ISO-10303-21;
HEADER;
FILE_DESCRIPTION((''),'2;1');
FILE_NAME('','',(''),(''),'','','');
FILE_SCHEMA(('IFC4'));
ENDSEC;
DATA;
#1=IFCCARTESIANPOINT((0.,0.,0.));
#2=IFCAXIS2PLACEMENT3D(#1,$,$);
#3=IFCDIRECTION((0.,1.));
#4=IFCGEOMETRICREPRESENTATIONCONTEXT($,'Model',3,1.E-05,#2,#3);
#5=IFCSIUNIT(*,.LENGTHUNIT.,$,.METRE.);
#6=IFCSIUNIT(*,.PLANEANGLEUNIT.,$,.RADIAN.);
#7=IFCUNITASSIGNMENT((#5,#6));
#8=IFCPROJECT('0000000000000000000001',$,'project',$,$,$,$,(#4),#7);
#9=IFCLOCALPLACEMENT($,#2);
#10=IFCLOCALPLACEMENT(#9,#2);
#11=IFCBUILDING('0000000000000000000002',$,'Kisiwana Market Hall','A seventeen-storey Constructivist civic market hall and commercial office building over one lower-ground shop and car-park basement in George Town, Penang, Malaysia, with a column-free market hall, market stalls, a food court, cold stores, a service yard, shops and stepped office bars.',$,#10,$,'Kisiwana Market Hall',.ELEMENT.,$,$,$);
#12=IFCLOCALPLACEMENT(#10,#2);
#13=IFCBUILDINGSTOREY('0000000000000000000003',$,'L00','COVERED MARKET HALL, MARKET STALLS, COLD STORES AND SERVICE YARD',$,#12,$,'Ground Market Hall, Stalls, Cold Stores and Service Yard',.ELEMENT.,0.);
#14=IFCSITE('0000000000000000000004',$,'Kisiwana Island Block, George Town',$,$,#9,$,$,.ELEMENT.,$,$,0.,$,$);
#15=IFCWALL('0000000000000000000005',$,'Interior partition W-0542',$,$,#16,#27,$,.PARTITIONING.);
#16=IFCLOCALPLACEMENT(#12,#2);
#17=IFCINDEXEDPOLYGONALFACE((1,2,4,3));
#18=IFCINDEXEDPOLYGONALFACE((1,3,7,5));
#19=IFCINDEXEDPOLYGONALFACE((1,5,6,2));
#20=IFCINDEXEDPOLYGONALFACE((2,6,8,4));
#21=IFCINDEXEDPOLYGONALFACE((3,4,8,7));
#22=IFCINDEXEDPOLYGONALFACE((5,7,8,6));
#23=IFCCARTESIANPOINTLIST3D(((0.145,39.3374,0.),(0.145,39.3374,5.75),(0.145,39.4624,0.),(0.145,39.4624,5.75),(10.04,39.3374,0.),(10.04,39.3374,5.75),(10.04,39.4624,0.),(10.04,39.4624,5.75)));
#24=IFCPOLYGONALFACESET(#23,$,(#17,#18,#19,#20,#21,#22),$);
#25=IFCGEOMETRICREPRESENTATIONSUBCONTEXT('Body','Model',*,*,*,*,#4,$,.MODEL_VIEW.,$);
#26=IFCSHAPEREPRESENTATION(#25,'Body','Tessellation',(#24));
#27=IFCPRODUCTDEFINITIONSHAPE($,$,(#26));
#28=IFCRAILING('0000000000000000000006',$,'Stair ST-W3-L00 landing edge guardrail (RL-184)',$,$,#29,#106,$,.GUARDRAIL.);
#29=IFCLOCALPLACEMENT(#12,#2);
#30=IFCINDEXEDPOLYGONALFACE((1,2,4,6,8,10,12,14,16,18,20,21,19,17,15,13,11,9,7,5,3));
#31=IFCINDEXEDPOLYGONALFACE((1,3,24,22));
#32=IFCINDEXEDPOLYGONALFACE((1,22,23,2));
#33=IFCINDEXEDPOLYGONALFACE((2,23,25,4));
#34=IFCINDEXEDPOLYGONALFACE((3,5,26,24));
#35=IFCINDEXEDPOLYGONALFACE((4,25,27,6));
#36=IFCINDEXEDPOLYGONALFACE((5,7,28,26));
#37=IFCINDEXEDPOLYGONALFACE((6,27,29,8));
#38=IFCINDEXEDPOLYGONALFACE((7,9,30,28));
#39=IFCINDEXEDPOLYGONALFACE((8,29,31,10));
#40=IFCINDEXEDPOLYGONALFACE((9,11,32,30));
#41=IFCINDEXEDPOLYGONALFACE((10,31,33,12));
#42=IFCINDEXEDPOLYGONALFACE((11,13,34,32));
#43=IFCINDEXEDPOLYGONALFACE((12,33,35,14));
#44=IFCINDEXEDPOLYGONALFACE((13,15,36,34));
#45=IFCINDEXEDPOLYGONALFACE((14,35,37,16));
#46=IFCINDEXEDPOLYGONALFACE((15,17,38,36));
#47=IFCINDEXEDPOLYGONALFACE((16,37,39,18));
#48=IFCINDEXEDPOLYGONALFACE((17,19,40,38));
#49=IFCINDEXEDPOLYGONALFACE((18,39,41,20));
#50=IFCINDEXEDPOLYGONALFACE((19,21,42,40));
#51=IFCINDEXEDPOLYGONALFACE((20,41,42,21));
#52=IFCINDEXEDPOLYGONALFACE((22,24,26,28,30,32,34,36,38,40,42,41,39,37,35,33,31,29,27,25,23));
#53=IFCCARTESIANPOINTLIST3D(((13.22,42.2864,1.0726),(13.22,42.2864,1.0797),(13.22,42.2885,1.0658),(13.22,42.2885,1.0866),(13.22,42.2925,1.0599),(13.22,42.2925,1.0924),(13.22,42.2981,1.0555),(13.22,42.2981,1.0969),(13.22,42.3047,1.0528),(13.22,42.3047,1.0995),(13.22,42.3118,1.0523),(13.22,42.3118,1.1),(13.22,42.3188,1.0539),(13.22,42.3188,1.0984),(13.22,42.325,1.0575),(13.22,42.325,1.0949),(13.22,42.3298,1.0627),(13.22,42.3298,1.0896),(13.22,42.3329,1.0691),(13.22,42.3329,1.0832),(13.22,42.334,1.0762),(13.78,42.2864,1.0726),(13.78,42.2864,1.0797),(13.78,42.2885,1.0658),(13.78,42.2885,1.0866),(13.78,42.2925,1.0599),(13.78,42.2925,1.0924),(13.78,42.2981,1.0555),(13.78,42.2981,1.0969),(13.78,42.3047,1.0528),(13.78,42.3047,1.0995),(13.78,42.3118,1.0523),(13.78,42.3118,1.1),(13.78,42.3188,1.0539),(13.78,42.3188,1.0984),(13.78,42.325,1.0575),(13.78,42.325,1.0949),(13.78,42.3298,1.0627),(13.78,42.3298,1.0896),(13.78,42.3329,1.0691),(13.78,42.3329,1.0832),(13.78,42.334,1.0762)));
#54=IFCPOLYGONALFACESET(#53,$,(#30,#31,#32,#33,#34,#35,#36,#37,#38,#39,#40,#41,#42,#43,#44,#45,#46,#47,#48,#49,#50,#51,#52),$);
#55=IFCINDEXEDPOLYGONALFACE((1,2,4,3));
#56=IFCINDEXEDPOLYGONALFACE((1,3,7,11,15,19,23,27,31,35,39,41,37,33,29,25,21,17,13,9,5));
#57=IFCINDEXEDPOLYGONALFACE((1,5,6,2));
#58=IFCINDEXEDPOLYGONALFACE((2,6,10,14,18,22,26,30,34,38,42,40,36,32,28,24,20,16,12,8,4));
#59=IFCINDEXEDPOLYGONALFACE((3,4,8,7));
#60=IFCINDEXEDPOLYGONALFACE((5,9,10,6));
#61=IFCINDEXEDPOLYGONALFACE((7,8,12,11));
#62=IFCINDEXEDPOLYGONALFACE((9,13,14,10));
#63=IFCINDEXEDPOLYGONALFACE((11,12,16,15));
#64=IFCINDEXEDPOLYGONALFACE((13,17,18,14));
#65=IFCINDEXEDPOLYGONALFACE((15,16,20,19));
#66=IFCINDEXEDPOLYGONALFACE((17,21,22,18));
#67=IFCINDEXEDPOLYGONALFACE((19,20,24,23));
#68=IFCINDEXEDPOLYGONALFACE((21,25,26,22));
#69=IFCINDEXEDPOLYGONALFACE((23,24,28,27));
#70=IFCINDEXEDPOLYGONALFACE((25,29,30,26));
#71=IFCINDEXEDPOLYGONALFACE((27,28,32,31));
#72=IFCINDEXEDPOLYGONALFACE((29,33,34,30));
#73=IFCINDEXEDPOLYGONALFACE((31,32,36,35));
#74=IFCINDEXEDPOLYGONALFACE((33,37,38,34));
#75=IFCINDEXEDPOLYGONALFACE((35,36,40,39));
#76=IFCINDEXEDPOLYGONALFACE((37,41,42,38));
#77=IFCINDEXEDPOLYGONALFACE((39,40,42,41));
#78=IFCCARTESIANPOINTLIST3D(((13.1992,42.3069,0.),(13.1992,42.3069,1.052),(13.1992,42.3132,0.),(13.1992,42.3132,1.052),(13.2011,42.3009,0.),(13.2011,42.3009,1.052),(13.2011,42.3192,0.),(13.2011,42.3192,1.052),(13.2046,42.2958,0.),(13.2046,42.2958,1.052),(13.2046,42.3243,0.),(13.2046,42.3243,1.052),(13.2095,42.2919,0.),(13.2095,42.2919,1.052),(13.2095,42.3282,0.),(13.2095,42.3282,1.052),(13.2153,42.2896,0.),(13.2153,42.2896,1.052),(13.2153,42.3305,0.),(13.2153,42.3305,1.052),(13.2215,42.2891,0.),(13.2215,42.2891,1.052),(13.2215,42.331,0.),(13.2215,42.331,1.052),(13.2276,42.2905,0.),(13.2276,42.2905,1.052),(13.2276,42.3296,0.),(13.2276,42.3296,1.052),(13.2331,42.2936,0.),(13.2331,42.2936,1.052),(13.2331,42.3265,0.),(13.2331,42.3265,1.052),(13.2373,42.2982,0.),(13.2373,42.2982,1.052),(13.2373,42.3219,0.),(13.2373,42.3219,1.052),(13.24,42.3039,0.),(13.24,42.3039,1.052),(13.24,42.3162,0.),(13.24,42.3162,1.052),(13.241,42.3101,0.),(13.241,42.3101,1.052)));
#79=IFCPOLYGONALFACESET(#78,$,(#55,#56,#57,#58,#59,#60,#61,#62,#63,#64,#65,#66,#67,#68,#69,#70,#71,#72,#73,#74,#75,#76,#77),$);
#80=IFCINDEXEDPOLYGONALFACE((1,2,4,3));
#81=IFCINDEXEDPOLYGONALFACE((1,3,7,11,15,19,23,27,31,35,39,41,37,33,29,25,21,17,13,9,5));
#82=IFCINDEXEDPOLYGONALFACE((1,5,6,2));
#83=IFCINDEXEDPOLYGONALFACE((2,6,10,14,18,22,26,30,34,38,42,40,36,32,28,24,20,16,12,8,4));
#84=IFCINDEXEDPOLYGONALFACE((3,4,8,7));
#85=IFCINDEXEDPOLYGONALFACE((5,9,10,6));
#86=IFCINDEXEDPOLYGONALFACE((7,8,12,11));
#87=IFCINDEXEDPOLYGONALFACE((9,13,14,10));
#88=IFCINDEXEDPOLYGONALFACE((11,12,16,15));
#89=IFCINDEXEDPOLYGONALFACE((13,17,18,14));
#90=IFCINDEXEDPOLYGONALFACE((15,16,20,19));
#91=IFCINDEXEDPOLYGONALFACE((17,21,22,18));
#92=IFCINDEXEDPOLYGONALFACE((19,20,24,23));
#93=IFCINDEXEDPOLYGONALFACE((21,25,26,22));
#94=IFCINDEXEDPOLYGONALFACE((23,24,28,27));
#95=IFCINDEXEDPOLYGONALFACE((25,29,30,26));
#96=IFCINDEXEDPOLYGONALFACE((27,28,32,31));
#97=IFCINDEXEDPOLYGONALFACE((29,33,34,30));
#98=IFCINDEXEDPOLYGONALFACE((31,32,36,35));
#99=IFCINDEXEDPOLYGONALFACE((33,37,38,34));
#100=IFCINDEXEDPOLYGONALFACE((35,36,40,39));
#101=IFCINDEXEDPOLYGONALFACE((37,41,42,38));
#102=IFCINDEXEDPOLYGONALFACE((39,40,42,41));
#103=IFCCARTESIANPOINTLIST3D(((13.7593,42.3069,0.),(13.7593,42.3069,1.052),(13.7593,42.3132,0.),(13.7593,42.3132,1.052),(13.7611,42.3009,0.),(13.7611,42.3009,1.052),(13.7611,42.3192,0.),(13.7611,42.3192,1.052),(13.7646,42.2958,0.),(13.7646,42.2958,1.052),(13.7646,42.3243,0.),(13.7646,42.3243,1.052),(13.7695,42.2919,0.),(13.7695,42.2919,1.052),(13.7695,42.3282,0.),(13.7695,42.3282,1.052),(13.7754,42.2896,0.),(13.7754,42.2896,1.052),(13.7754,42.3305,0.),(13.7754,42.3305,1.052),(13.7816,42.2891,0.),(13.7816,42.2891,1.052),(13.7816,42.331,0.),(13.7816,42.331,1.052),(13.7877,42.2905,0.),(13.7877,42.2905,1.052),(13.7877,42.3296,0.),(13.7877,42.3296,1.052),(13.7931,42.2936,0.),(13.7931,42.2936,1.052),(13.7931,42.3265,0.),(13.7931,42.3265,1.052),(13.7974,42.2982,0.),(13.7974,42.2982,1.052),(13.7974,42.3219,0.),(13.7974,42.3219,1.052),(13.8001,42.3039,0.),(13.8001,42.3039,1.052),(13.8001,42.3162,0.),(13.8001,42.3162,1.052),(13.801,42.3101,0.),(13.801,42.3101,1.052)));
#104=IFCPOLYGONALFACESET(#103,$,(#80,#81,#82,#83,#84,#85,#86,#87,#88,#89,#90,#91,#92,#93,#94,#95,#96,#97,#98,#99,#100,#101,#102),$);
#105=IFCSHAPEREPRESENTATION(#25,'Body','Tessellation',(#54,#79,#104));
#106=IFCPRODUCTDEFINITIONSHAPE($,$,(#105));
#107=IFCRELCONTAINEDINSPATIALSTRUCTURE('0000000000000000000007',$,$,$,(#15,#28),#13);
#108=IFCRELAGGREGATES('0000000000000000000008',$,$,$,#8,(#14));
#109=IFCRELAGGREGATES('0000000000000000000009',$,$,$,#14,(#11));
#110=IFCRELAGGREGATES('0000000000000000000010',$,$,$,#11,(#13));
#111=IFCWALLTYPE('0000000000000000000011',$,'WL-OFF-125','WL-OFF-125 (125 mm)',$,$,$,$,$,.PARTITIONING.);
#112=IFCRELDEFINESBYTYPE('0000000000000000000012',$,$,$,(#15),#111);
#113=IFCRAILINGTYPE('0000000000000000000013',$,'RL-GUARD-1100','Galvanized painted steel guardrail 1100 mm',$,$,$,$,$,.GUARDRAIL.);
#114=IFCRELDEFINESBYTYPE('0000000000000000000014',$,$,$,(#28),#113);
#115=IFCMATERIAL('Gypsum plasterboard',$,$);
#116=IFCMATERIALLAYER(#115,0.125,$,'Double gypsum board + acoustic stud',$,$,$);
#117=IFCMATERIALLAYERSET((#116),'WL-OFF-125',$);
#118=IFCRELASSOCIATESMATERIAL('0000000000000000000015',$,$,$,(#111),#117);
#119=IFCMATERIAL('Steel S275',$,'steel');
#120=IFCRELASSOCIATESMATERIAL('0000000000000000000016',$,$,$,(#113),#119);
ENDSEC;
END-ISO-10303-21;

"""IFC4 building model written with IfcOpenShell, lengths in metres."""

from ifc_helpers import new_model, si_unit, direction, frame, frame_2d, origin, origin_2d, place, context, subcontext, project, spatial, rectangle, circle, extrude, material, layer, layer_set, type_object, element, save


model = new_model("IFC4")

# Units and contexts
model_context = context("Model", 3, precision=1e-05, world=origin(), true_north=direction((0.0, 1.0)))
body_context = subcontext(model_context, "Body", "Model", "MODEL_VIEW")
ifc_project = project(units=[si_unit("LENGTHUNIT", "METRE"), si_unit("PLANEANGLEUNIT", "RADIAN")], contexts=[model_context])

# Site, building, storey
site_placement = place(None, origin())
site = spatial("IfcSite", under=ifc_project, at=site_placement, Name="Kisiwana Island Block, George Town", CompositionType="ELEMENT", RefElevation=0.0)
building_placement = place(site_placement, origin())
building = spatial("IfcBuilding", under=site, at=building_placement, Name="Kisiwana Market Hall", Description="A seventeen-storey Constructivist civic market hall and commercial office building over one lower-ground shop and car-park basement in George Town, Penang, Malaysia, with a column-free market hall, market stalls, a food court, cold stores, a service yard, shops and stepped office bars.", LongName="Kisiwana Market Hall", CompositionType="ELEMENT")
storey_placement = place(building_placement, origin())
storey = spatial("IfcBuildingStorey", under=building, at=storey_placement, Name="L00", Description="COVERED MARKET HALL, MARKET STALLS, COLD STORES AND SERVICE YARD", LongName="Ground Market Hall, Stalls, Cold Stores and Service Yard", CompositionType="ELEMENT", Elevation=0.0)

# Shared definitions
ifc_material_1 = material(Name="Gypsum plasterboard")
ifc_layer_1 = layer(ifc_material_1, 0.125, Name="Double gypsum board + acoustic stud")
ifc_layer_set_1 = layer_set([ifc_layer_1], Name="WL-OFF-125")
wall_type_1 = type_object("IfcWallType", Name="WL-OFF-125", Description="WL-OFF-125 (125 mm)", PredefinedType="PARTITIONING", material=ifc_layer_set_1)

# Wall
wall_1_placement = place(storey_placement, frame((0.145, 39.3999, 0.0), z_axis=(0.0, 0.0, 1.0), x_axis=(1.0, 0.0, 0.0)))
element("IfcWall", 1, at=wall_1_placement, inside=storey, type_object=wall_type_1, Name="Interior partition W-0542", PredefinedType="PARTITIONING", context=body_context, shape_type="SweptSolid", body=[
    extrude(rectangle(XDim=9.895, YDim=0.125, at=frame_2d((4.9475, 0.0))), origin(), (0.0, 0.0, 1.0), 5.75),
])

# Railing
ifc_material_2 = material(Name="Steel S275", Category="steel")
railing_type_1 = type_object("IfcRailingType", Name="RL-GUARD-1100", Description="Galvanized painted steel guardrail 1100 mm", PredefinedType="GUARDRAIL", material=ifc_material_2)
railing_1_placement = place(storey_placement, frame((13.22, 42.3101, 0.0)))
element("IfcRailing", 2, at=railing_1_placement, inside=storey, type_object=railing_type_1, Name="Stair ST-W3-L00 landing edge guardrail (RL-184)", PredefinedType="GUARDRAIL", context=body_context, shape_type="SweptSolid", body=[
    extrude(circle(Radius=0.0239, at=origin_2d()), frame((0.0, 0.0, 1.0762), z_axis=(1.0, 0.0, 0.0), x_axis=(0.0, 1.0, 0.0)), (0.0, 0.0, 1.0), 0.5601),
    extrude(circle(Radius=0.021, at=origin_2d()), origin(), (0.0, 0.0, 1.0), 1.052),
    extrude(circle(Radius=0.021, at=origin_2d()), frame((0.5601, 0.0, 0.0)), (0.0, 0.0, 1.0), 1.052),
])

save(model, "model.ifc")
